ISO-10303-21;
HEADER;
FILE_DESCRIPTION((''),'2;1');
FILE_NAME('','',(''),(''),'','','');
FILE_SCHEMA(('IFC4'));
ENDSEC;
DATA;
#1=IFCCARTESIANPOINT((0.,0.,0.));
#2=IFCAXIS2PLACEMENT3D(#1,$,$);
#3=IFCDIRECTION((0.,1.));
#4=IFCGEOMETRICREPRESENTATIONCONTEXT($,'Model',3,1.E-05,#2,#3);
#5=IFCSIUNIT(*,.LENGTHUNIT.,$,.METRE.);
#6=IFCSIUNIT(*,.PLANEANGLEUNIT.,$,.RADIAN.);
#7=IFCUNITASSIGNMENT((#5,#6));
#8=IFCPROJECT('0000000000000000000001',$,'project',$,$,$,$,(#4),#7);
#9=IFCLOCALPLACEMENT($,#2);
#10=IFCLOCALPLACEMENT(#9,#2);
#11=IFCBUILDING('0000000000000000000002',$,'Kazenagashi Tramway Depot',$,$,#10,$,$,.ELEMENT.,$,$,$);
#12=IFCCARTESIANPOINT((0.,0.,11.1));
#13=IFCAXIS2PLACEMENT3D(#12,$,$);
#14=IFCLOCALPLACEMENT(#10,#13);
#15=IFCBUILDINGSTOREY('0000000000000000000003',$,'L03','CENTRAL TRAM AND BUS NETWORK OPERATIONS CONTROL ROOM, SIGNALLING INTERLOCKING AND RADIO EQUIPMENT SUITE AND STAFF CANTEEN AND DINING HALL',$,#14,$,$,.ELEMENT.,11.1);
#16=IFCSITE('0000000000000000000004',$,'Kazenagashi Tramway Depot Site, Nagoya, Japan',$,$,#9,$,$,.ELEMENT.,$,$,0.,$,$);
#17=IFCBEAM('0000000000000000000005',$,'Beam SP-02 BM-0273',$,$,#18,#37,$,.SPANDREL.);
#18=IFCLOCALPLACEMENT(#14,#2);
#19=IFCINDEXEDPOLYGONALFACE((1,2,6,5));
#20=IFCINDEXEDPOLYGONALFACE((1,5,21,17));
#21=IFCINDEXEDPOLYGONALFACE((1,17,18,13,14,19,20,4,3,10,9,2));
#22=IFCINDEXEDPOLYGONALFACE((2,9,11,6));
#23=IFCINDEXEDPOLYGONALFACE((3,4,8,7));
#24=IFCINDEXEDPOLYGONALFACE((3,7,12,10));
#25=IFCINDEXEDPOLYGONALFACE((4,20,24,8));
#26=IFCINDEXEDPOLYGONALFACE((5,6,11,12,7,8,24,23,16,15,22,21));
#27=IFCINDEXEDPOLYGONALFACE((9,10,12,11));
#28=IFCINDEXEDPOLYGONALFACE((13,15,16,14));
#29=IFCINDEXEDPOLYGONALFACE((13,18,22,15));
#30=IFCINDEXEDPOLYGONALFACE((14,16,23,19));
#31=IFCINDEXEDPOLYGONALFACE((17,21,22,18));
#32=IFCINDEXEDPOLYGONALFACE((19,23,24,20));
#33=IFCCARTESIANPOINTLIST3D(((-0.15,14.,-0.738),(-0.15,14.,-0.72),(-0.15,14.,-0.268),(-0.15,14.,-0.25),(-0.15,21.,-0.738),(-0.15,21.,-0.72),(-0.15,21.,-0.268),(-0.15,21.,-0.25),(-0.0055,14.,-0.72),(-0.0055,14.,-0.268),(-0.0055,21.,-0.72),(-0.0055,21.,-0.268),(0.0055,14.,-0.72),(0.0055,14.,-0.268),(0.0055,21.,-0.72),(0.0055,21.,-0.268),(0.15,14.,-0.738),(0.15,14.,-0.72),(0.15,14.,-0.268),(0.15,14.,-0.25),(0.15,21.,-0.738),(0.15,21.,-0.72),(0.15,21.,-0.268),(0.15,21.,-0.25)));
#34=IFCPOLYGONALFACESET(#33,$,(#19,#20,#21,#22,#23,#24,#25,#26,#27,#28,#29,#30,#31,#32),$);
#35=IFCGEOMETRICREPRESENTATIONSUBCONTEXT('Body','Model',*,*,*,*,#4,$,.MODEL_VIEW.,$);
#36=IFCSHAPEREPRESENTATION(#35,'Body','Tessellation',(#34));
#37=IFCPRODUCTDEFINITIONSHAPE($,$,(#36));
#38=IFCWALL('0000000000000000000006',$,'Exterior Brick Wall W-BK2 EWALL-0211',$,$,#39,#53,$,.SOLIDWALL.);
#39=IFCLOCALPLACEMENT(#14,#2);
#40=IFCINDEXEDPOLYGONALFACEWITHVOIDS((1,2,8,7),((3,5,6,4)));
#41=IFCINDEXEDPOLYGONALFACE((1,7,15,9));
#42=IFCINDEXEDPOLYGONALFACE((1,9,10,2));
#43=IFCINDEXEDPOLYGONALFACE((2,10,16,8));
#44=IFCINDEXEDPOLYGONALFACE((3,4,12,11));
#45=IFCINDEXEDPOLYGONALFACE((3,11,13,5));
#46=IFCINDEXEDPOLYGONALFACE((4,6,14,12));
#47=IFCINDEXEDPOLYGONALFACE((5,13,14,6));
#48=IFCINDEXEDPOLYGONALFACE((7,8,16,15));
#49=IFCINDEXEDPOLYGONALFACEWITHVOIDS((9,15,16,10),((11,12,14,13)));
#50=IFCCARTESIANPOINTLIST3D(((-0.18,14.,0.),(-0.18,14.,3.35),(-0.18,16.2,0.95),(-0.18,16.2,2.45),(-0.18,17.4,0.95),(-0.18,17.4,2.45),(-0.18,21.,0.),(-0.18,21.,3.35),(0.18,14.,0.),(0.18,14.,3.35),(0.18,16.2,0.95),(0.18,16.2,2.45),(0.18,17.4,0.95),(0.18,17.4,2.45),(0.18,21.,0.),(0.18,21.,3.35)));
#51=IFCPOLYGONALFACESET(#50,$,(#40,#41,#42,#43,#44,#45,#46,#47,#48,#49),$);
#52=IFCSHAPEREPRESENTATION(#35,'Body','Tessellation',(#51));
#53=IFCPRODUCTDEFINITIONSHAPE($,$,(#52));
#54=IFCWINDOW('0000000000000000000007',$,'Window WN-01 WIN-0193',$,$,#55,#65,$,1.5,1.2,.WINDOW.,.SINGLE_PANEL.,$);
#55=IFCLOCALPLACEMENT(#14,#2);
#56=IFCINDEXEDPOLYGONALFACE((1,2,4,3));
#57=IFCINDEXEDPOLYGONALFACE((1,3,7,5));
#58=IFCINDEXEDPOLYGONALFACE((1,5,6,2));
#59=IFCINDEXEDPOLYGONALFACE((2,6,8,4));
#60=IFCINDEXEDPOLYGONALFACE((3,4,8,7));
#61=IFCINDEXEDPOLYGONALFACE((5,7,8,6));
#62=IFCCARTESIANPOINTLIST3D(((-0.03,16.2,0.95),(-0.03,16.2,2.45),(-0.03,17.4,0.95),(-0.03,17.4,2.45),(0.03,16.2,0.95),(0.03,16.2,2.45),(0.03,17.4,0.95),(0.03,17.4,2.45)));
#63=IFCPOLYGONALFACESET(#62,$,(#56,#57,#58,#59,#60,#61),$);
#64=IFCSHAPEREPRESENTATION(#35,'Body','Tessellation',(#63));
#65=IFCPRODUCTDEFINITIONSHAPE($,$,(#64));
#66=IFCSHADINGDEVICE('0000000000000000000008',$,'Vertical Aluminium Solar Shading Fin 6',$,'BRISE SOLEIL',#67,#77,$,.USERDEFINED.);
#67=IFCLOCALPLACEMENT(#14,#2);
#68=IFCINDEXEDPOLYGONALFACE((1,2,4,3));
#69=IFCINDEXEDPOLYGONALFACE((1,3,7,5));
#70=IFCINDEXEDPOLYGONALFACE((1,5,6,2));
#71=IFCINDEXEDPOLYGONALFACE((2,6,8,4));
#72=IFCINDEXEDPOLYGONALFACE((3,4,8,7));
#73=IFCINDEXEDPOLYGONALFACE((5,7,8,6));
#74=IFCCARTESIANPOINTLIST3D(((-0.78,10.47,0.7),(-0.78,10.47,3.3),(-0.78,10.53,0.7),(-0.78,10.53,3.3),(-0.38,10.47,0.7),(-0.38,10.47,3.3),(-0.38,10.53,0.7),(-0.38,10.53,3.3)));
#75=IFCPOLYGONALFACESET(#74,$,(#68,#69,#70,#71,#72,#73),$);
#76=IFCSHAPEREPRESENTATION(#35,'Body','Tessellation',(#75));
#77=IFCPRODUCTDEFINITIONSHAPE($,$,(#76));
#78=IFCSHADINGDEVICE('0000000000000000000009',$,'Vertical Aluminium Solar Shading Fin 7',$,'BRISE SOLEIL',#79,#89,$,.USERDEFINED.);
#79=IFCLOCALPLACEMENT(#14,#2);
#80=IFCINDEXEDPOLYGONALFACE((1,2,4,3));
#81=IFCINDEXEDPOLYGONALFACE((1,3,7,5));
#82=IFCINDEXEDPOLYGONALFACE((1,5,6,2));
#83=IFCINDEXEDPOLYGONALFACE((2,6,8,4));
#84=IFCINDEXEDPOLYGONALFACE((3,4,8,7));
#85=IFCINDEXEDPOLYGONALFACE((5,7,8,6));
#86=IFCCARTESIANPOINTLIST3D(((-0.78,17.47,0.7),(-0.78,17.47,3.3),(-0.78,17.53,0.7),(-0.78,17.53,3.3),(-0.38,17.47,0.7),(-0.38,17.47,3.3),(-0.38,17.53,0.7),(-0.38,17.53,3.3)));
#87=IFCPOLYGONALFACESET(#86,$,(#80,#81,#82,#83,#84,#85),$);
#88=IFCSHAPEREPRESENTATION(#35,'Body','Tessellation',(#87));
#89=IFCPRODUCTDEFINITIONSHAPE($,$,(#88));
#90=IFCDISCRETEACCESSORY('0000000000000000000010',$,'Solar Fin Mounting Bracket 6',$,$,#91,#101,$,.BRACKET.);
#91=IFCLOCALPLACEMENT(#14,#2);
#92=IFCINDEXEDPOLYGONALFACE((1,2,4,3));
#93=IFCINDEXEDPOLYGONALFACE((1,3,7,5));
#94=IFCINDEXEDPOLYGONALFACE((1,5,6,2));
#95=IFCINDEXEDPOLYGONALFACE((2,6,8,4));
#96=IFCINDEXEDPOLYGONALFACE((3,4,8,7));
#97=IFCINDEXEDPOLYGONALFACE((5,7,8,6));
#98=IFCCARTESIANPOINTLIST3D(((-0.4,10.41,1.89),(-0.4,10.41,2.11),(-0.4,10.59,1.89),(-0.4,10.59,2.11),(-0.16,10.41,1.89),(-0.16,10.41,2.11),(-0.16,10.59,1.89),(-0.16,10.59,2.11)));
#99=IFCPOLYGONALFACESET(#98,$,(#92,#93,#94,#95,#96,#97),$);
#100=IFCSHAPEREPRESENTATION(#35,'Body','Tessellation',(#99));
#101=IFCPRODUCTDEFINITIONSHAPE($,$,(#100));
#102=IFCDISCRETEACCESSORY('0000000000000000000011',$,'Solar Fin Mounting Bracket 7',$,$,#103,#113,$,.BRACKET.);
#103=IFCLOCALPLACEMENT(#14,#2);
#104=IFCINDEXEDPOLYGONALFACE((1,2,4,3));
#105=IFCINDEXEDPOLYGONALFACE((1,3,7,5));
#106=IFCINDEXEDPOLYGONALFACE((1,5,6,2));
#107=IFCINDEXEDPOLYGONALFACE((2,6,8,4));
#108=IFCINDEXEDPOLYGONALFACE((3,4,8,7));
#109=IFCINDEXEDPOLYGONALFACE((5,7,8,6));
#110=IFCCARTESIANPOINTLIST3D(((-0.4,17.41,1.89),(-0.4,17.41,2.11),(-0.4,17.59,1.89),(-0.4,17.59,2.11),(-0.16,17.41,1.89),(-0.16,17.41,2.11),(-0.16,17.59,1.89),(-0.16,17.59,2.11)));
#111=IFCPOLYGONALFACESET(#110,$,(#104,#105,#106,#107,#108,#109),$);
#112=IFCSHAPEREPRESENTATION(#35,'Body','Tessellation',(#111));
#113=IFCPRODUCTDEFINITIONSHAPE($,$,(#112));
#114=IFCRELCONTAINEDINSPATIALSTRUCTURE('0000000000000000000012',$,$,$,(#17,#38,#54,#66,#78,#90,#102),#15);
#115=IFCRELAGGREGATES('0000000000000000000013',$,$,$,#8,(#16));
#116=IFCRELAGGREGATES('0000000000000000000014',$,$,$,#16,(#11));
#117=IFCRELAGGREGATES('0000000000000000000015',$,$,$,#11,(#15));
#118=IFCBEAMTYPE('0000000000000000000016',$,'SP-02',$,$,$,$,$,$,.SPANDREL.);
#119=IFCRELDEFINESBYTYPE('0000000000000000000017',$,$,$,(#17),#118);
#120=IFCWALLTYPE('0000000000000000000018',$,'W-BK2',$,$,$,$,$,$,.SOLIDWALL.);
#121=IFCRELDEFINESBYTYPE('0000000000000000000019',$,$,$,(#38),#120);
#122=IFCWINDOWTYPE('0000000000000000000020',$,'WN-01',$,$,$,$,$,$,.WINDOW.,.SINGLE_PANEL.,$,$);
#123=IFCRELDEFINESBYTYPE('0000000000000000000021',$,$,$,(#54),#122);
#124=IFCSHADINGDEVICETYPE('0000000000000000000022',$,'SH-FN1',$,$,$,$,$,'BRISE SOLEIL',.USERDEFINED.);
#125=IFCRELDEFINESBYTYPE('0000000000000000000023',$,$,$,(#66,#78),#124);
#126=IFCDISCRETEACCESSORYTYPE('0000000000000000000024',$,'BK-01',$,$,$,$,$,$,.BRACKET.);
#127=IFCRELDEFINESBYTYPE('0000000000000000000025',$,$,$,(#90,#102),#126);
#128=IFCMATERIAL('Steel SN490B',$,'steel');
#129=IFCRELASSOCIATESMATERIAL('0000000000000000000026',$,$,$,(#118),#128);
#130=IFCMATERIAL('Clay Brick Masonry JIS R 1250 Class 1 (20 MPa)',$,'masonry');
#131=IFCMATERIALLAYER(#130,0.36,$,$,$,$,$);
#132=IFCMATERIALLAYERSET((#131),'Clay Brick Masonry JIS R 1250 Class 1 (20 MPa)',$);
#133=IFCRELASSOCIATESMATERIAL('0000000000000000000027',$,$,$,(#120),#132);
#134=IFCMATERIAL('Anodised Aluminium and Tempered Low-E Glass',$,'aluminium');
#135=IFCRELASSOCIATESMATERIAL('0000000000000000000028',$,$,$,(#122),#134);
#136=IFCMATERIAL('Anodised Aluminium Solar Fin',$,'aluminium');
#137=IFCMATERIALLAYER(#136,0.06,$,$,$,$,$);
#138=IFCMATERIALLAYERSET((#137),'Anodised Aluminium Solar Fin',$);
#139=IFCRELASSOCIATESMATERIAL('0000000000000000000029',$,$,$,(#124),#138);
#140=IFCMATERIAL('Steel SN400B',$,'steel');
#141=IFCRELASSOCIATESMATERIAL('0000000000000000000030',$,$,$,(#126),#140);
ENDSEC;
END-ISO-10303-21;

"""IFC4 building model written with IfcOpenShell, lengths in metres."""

from ifc_helpers import new_model, si_unit, direction, frame, frame_2d, origin, origin_2d, place, context, subcontext, project, spatial, rectangle, i_section, extrude, material, layer, layer_set, material_profile, profile_set, type_object, element, fill, save


model = new_model("IFC4")

# Units and contexts
model_context = context("Model", 3, precision=1e-05, world=origin(), true_north=direction((0.0, 1.0)))
body_context = subcontext(model_context, "Body", "Model", "MODEL_VIEW")
ifc_project = project(units=[si_unit("LENGTHUNIT", "METRE"), si_unit("PLANEANGLEUNIT", "RADIAN")], contexts=[model_context])

# Site, building, storey
site_placement = place(None, origin())
site = spatial("IfcSite", under=ifc_project, at=site_placement, Name="Kazenagashi Tramway Depot Site, Nagoya, Japan", CompositionType="ELEMENT", RefElevation=0.0)
building_placement = place(site_placement, origin())
building = spatial("IfcBuilding", under=site, at=building_placement, Name="Kazenagashi Tramway Depot", CompositionType="ELEMENT")
storey_placement = place(building_placement, frame((0.0, 0.0, 11.1)))
storey = spatial("IfcBuildingStorey", under=building, at=storey_placement, Name="L03", Description="CENTRAL TRAM AND BUS NETWORK OPERATIONS CONTROL ROOM, SIGNALLING INTERLOCKING AND RADIO EQUIPMENT SUITE AND STAFF CANTEEN AND DINING HALL", CompositionType="ELEMENT", Elevation=11.1)

# Shared definitions
ifc_material_1 = material(Name="Steel SN490B", Category="steel")

# Beam
ifc_material_profile_1 = material_profile(ifc_material_1, i_section(OverallWidth=0.3, OverallDepth=0.488, WebThickness=0.011, FlangeThickness=0.018, at=origin_2d()), Name="H-488x300x11x18")
ifc_profile_set_1 = profile_set([ifc_material_profile_1], Name="Steel SN490B")
beam_type_1 = type_object("IfcBeamType", Name="SP-02", PredefinedType="SPANDREL", material=ifc_profile_set_1)
beam_1_placement = place(storey_placement, frame((0.0, 14.0, -0.494), z_axis=(0.0, 1.0, 0.0), x_axis=(-1.0, 0.0, 0.0)))
element("IfcBeam", 1, at=beam_1_placement, inside=storey, type_object=beam_type_1, Name="Beam SP-02 BM-0273", PredefinedType="SPANDREL", context=body_context, shape_type="SweptSolid", body=[
    extrude(i_section(OverallWidth=0.3, OverallDepth=0.488, WebThickness=0.011, FlangeThickness=0.018, at=origin_2d()), origin(), (0.0, 0.0, 1.0), 7.0),
])

# Wall, opening, window
ifc_material_2 = material(Name="Clay Brick Masonry JIS R 1250 Class 1 (20 MPa)", Category="masonry")
ifc_layer_1 = layer(ifc_material_2, 0.36)
ifc_layer_set_1 = layer_set([ifc_layer_1], Name="Clay Brick Masonry JIS R 1250 Class 1 (20 MPa)")
wall_type = type_object("IfcWallType", Name="W-BK2", PredefinedType="SOLIDWALL", material=ifc_layer_set_1)
wall_placement = place(storey_placement, frame((0.0, 14.0, 0.0), z_axis=(0.0, 0.0, 1.0), x_axis=(0.0, 1.0, 0.0)))
wall = element("IfcWall", 2, at=wall_placement, inside=storey, type_object=wall_type, Name="Exterior Brick Wall W-BK2 EWALL-0211", PredefinedType="SOLIDWALL", context=body_context, shape_type="SweptSolid", body=[
    extrude(rectangle(XDim=7.0, YDim=0.36, at=frame_2d((3.5, 0.0))), origin(), (0.0, 0.0, 1.0), 3.35),
])
opening_placement = place(wall_placement, frame((2.2, 0.0, 0.95)))
opening = element("IfcOpeningElement", 3, at=opening_placement, cuts=wall, PredefinedType="OPENING", context=body_context, shape_type="SweptSolid", body=[
    extrude(rectangle(XDim=1.2, YDim=1.5, at=frame_2d((0.6, 0.75))), frame((0.0, 0.19, 0.0), z_axis=(0.0, -1.0, 0.0), x_axis=(1.0, 0.0, 0.0)), (0.0, 0.0, 1.0), 0.38),
])
ifc_material_3 = material(Name="Anodised Aluminium and Tempered Low-E Glass", Category="aluminium")
window_type = type_object("IfcWindowType", Name="WN-01", PartitioningType="SINGLE_PANEL", PredefinedType="WINDOW", material=ifc_material_3)
window_placement = place(opening_placement, origin())
window = element("IfcWindow", 4, at=window_placement, inside=storey, type_object=window_type, Name="Window WN-01 WIN-0193", OverallHeight=1.5, OverallWidth=1.2, PartitioningType="SINGLE_PANEL", PredefinedType="WINDOW", context=body_context, shape_type="SweptSolid", body=[
    extrude(rectangle(XDim=1.2, YDim=1.5, at=frame_2d((0.6, 0.75))), frame((0.0, 0.03, 0.0), z_axis=(0.0, -1.0, 0.0), x_axis=(1.0, 0.0, 0.0)), (0.0, 0.0, 1.0), 0.06),
])
fill(opening, window)

# Shading devices
ifc_material_4 = material(Name="Anodised Aluminium Solar Fin", Category="aluminium")
ifc_layer_2 = layer(ifc_material_4, 0.06)
ifc_layer_set_2 = layer_set([ifc_layer_2], Name="Anodised Aluminium Solar Fin")
shading_device_type = type_object("IfcShadingDeviceType", Name="SH-FN1", ElementType="BRISE SOLEIL", PredefinedType="USERDEFINED", material=ifc_layer_set_2)
for number, where, z_axis, x_axis, name in (
    (5, (-0.58, 10.5, 0.7), (0.0, 0.0, 1.0), (1.0, 0.0, 0.0), "Vertical Aluminium Solar Shading Fin 6"),
    (6, (-0.58, 17.5, 0.7), (0.0, 0.0, 1.0), (1.0, 0.0, 0.0), "Vertical Aluminium Solar Shading Fin 7"),
):
    element("IfcShadingDevice", number, at=place(storey_placement, frame(where, z_axis=z_axis, x_axis=x_axis)), inside=storey, type_object=shading_device_type, Name=name, ObjectType="BRISE SOLEIL", PredefinedType="USERDEFINED", context=body_context, shape_type="SweptSolid", body=[
        extrude(rectangle(XDim=0.4, YDim=0.06, at=origin_2d()), origin(), (0.0, 0.0, 1.0), 2.6),
    ])

# Discrete accessories
ifc_material_5 = material(Name="Steel SN400B", Category="steel")
discrete_accessory_type = type_object("IfcDiscreteAccessoryType", Name="BK-01", PredefinedType="BRACKET", material=ifc_material_5)
for number, where, z_axis, x_axis, name in (
    (7, (-0.28, 10.5, 1.89), (0.0, 0.0, 1.0), (1.0, 0.0, 0.0), "Solar Fin Mounting Bracket 6"),
    (8, (-0.28, 17.5, 1.89), (0.0, 0.0, 1.0), (1.0, 0.0, 0.0), "Solar Fin Mounting Bracket 7"),
):
    element("IfcDiscreteAccessory", number, at=place(storey_placement, frame(where, z_axis=z_axis, x_axis=x_axis)), inside=storey, type_object=discrete_accessory_type, Name=name, PredefinedType="BRACKET", context=body_context, shape_type="SweptSolid", body=[
        extrude(rectangle(XDim=0.24, YDim=0.18, at=origin_2d()), origin(), (0.0, 0.0, 1.0), 0.22),
    ])

save(model, "model.ifc")
